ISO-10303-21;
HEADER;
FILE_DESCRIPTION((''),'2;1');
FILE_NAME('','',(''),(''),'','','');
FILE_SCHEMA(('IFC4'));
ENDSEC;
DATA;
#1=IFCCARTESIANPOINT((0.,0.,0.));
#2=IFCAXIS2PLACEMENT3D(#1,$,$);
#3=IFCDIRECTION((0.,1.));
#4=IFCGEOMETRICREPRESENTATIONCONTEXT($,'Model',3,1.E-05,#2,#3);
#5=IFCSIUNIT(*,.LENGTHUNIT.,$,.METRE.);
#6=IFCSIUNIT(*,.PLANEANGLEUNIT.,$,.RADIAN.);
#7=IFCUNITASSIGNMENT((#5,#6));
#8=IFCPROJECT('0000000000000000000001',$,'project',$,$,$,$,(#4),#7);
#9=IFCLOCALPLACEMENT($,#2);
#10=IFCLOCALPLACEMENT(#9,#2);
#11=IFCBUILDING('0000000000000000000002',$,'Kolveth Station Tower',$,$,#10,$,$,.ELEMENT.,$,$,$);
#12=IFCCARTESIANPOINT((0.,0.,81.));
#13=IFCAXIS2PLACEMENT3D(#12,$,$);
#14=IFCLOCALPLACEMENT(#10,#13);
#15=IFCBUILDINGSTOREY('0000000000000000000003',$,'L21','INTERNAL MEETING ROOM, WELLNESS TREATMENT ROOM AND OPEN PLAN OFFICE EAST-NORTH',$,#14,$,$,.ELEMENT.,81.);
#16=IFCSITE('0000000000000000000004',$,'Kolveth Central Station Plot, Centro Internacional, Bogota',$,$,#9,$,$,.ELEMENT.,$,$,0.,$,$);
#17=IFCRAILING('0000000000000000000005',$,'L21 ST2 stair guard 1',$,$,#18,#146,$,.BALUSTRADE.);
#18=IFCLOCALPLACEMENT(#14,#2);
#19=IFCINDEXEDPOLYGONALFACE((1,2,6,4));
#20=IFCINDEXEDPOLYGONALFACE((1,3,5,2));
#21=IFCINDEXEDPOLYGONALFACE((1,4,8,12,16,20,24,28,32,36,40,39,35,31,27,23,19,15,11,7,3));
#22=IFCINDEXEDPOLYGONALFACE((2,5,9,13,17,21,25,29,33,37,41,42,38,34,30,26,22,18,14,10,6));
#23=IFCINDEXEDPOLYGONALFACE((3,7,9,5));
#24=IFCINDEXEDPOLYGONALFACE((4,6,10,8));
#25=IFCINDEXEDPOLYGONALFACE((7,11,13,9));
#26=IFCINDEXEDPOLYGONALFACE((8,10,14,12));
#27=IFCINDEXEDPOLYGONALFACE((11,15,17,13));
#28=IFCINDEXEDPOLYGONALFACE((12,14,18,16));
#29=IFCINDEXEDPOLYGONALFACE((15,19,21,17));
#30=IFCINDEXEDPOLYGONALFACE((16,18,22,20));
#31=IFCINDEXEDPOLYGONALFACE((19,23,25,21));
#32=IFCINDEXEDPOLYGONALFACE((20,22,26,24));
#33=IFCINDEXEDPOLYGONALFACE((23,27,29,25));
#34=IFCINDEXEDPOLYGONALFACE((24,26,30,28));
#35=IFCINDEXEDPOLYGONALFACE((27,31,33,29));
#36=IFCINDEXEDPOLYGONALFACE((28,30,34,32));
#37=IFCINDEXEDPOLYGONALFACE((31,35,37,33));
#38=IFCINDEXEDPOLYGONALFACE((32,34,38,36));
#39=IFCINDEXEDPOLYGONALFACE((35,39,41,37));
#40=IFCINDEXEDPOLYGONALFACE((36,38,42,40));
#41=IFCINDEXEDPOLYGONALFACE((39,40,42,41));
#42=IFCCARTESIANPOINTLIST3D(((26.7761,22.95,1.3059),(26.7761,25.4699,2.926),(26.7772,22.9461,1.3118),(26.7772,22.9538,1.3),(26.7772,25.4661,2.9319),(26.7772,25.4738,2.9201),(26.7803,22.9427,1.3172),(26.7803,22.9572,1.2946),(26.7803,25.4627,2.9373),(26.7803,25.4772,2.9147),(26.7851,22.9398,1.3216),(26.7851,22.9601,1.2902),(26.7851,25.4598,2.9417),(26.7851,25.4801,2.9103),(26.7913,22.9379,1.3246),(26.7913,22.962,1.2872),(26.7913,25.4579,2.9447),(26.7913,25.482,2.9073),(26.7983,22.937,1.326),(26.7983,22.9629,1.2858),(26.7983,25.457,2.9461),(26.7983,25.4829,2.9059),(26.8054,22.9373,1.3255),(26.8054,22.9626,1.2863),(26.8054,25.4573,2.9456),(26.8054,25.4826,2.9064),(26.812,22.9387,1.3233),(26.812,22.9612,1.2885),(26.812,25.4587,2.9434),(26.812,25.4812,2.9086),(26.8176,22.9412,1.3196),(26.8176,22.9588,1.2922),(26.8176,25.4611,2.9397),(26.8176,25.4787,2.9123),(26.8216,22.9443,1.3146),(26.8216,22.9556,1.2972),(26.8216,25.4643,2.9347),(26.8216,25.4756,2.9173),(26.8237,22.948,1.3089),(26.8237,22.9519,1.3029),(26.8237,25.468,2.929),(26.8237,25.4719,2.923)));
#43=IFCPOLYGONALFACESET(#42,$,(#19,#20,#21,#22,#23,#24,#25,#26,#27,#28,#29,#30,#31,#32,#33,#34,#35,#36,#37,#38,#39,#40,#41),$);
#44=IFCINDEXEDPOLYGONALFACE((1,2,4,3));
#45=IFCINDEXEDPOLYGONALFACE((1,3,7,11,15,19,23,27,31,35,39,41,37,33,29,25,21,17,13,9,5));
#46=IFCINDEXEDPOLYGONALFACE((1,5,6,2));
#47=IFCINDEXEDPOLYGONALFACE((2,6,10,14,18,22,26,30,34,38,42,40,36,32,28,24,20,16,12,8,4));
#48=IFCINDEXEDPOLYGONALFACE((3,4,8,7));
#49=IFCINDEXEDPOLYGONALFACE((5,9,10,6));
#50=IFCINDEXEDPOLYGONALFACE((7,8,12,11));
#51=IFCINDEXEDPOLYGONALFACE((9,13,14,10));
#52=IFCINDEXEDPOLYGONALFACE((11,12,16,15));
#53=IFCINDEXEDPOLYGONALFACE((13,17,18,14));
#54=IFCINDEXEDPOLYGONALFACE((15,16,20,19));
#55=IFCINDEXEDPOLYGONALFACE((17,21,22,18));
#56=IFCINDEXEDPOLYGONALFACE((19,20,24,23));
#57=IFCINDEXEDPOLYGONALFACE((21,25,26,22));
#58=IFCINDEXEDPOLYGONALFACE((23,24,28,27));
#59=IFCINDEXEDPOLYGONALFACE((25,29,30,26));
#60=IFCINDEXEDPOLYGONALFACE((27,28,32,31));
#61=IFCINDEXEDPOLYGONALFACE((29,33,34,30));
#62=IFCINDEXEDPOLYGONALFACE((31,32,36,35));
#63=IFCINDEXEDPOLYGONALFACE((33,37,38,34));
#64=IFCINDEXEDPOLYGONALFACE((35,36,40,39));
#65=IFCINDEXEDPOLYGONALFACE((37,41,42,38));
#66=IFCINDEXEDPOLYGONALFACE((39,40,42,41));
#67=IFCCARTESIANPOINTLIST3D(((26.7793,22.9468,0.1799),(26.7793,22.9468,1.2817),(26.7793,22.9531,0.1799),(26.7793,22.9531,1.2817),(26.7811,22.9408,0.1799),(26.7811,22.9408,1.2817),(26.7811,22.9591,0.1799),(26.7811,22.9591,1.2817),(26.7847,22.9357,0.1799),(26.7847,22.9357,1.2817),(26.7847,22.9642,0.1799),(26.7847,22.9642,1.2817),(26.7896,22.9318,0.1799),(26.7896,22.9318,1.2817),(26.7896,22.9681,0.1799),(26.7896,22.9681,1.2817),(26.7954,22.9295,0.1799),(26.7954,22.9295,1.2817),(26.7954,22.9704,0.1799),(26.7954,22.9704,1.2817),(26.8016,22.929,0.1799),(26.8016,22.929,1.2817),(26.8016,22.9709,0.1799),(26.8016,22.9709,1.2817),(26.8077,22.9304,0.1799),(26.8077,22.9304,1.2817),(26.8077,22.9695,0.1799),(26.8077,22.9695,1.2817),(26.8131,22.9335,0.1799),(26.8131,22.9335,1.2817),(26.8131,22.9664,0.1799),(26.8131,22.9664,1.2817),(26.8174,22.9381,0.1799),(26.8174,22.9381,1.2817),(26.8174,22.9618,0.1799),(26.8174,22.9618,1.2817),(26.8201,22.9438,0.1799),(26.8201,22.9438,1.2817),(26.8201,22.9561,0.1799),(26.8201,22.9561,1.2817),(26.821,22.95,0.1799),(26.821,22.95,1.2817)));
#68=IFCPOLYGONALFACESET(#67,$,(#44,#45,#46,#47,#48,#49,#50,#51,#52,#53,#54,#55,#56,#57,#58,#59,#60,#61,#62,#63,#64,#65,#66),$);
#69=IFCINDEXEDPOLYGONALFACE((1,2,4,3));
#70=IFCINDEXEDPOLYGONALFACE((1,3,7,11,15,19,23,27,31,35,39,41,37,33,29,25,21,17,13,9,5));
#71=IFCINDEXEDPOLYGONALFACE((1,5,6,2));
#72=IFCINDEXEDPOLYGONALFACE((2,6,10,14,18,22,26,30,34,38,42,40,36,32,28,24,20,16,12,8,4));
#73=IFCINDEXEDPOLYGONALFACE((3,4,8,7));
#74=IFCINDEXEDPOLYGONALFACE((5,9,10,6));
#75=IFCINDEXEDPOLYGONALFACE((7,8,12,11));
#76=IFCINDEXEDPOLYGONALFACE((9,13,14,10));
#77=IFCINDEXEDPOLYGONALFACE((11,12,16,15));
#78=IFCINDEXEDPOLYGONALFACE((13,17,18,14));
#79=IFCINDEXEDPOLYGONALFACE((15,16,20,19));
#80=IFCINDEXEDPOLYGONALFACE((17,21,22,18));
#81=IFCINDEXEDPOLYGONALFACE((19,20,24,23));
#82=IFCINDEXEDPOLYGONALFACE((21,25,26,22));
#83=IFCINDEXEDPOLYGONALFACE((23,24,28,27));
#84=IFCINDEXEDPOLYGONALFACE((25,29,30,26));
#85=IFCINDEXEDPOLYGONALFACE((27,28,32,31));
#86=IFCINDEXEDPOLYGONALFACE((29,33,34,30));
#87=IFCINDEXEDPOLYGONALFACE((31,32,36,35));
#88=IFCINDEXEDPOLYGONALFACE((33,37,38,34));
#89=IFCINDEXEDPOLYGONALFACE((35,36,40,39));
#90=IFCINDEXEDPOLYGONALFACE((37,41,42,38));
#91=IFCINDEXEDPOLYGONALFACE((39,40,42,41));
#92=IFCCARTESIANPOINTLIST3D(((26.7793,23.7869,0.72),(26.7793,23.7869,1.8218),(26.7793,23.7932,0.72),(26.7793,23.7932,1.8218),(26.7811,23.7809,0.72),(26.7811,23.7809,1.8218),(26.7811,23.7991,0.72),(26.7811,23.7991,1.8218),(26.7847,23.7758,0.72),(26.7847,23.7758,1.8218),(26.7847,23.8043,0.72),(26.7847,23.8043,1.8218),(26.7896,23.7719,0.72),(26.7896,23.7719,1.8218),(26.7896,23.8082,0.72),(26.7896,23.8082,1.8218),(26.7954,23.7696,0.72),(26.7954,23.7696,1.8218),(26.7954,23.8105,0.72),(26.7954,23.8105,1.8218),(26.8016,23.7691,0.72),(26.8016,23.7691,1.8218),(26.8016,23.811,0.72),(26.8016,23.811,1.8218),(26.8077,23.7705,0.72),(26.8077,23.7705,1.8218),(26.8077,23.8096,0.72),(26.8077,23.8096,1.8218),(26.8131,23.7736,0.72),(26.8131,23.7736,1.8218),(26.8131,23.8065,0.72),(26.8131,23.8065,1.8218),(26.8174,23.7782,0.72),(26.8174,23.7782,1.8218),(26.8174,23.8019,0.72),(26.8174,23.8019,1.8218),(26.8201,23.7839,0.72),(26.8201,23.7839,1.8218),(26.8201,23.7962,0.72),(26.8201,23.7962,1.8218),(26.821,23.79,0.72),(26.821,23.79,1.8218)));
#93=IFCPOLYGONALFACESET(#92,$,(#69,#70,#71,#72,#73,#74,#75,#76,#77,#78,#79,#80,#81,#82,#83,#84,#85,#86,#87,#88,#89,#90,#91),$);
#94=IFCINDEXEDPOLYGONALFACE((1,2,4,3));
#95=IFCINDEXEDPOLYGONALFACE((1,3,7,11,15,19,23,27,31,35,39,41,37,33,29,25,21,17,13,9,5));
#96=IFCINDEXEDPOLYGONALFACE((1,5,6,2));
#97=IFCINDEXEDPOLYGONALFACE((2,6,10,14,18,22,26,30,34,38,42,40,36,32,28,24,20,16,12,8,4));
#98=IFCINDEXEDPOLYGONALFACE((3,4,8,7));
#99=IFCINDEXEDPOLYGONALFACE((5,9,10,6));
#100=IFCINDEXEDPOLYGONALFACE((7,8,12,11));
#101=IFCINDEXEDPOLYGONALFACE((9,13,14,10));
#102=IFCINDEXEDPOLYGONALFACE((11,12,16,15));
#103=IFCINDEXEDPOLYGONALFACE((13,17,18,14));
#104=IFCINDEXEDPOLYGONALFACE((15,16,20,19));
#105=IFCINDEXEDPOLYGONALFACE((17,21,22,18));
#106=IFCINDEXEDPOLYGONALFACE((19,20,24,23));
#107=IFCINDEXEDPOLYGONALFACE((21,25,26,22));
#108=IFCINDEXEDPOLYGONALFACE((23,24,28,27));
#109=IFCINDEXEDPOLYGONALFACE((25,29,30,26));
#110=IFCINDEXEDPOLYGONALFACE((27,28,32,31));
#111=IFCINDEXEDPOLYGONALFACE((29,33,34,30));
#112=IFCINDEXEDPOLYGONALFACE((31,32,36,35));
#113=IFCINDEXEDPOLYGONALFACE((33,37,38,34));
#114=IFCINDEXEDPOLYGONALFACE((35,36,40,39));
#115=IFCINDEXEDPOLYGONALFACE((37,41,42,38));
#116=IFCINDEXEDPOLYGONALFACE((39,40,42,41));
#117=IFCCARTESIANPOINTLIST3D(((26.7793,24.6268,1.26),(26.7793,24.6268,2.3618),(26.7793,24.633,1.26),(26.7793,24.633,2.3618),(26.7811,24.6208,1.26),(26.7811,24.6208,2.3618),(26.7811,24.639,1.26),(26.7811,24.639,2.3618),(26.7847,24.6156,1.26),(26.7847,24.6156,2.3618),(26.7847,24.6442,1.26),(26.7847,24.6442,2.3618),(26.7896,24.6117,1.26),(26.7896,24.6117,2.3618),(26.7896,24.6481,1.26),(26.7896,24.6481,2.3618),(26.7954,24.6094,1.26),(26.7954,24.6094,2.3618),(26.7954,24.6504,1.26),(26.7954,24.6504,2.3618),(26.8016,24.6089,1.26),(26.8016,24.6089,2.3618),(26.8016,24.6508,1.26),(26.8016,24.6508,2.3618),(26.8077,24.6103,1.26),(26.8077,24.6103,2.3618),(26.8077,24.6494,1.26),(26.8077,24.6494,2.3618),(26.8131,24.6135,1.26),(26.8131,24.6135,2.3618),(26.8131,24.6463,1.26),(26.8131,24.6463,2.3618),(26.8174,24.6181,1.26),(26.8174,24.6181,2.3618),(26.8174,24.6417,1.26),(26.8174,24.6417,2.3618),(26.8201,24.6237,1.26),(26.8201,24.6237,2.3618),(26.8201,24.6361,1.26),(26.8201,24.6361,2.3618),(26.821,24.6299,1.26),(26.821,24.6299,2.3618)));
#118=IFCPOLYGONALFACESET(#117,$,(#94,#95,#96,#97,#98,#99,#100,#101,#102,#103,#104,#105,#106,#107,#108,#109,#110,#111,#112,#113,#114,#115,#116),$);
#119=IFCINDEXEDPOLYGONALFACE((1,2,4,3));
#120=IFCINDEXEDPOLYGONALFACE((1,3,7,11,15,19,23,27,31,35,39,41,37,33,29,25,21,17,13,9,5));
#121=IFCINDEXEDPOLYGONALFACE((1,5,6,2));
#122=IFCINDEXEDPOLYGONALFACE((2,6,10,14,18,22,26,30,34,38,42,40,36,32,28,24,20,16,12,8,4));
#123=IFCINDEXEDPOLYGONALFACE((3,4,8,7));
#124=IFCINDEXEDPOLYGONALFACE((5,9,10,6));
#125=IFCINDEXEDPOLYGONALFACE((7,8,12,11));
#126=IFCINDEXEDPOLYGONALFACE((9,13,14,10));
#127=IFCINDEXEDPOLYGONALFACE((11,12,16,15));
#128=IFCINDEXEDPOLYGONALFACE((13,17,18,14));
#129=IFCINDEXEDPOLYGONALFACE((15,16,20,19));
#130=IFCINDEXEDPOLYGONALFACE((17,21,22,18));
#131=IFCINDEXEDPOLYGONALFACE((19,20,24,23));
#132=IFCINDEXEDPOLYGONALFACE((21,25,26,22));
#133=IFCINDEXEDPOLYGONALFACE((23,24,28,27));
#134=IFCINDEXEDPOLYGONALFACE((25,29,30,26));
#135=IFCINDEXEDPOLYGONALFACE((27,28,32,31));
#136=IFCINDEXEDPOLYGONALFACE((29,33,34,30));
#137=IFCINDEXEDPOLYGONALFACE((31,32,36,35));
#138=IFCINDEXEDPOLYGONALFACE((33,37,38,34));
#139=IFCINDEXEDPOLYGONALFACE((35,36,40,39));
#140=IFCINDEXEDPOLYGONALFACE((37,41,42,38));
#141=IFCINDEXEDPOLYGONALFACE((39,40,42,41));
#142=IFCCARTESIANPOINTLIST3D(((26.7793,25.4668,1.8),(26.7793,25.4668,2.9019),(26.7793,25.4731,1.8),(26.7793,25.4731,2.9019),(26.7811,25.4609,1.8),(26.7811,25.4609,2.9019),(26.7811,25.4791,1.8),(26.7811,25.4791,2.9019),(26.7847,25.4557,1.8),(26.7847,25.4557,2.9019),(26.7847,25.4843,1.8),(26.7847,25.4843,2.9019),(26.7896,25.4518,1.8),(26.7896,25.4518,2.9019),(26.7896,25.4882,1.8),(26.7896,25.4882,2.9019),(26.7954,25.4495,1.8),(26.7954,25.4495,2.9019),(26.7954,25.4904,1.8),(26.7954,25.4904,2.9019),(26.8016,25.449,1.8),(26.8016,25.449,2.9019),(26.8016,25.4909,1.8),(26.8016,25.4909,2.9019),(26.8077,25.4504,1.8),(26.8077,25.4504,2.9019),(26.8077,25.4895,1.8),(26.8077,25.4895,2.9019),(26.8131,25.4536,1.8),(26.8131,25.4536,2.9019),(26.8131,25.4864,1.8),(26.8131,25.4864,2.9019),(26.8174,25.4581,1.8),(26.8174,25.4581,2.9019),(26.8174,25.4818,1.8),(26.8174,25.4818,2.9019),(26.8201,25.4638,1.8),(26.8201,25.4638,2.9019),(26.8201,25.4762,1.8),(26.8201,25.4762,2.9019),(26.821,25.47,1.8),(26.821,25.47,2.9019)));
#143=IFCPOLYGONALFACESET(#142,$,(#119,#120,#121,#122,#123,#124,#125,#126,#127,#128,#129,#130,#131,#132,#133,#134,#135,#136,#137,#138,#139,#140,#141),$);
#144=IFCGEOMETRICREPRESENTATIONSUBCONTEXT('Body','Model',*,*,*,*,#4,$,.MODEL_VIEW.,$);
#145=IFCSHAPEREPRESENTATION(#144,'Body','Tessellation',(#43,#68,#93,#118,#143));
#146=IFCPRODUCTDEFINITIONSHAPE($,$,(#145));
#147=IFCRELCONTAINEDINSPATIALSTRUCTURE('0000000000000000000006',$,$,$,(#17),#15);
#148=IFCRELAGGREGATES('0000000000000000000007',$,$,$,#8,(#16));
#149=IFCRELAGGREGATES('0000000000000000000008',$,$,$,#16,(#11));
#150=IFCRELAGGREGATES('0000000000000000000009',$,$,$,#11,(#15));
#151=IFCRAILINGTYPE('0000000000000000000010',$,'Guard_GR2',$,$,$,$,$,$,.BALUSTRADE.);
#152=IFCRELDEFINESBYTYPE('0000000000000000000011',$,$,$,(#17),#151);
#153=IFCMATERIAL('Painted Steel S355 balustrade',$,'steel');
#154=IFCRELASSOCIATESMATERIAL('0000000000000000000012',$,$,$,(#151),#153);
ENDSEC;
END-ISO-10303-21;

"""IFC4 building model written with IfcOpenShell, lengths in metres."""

from ifc_helpers import new_model, si_unit, direction, frame, origin, origin_2d, place, context, subcontext, project, spatial, circle, extrude, material, type_object, element, save


model = new_model("IFC4")

# Units and contexts
model_context = context("Model", 3, precision=1e-05, world=origin(), true_north=direction((0.0, 1.0)))
body_context = subcontext(model_context, "Body", "Model", "MODEL_VIEW")
ifc_project = project(units=[si_unit("LENGTHUNIT", "METRE"), si_unit("PLANEANGLEUNIT", "RADIAN")], contexts=[model_context])

# Site, building, storey
site_placement = place(None, origin())
site = spatial("IfcSite", under=ifc_project, at=site_placement, Name="Kolveth Central Station Plot, Centro Internacional, Bogota", CompositionType="ELEMENT", RefElevation=0.0)
building_placement = place(site_placement, origin())
building = spatial("IfcBuilding", under=site, at=building_placement, Name="Kolveth Station Tower", CompositionType="ELEMENT")
storey_placement = place(building_placement, frame((0.0, 0.0, 81.0)))
storey = spatial("IfcBuildingStorey", under=building, at=storey_placement, Name="L21", Description="INTERNAL MEETING ROOM, WELLNESS TREATMENT ROOM AND OPEN PLAN OFFICE EAST-NORTH", CompositionType="ELEMENT", Elevation=81.0)

# Railing
ifc_material_1 = material(Name="Painted Steel S355 balustrade", Category="steel")
railing_type_1 = type_object("IfcRailingType", Name="Guard_GR2", PredefinedType="BALUSTRADE", material=ifc_material_1)
railing_1_placement = place(storey_placement, frame((26.8, 22.95, 0.1799)))
element("IfcRailing", 1, at=railing_1_placement, inside=storey, type_object=railing_type_1, Name="L21 ST2 stair guard 1", PredefinedType="BALUSTRADE", context=body_context, shape_type="SweptSolid", body=[
    extrude(circle(Radius=0.0239, at=origin_2d()), frame((0.0, 0.0, 1.126), z_axis=(0.0, 0.841163, 0.540782), x_axis=(-1.0, 0.0, 0.0)), (0.0, 0.0, 1.0), 2.9958),
    extrude(circle(Radius=0.021, at=origin_2d()), origin(), (0.0, 0.0, 1.0), 1.1018),
    extrude(circle(Radius=0.021, at=origin_2d()), frame((0.0, 0.8401, 0.54)), (0.0, 0.0, 1.0), 1.1018),
    extrude(circle(Radius=0.021, at=origin_2d()), frame((0.0, 1.6799, 1.0801)), (0.0, 0.0, 1.0), 1.1018),
    extrude(circle(Radius=0.021, at=origin_2d()), frame((0.0, 2.52, 1.6201)), (0.0, 0.0, 1.0), 1.1018),
])

save(model, "model.ifc")
